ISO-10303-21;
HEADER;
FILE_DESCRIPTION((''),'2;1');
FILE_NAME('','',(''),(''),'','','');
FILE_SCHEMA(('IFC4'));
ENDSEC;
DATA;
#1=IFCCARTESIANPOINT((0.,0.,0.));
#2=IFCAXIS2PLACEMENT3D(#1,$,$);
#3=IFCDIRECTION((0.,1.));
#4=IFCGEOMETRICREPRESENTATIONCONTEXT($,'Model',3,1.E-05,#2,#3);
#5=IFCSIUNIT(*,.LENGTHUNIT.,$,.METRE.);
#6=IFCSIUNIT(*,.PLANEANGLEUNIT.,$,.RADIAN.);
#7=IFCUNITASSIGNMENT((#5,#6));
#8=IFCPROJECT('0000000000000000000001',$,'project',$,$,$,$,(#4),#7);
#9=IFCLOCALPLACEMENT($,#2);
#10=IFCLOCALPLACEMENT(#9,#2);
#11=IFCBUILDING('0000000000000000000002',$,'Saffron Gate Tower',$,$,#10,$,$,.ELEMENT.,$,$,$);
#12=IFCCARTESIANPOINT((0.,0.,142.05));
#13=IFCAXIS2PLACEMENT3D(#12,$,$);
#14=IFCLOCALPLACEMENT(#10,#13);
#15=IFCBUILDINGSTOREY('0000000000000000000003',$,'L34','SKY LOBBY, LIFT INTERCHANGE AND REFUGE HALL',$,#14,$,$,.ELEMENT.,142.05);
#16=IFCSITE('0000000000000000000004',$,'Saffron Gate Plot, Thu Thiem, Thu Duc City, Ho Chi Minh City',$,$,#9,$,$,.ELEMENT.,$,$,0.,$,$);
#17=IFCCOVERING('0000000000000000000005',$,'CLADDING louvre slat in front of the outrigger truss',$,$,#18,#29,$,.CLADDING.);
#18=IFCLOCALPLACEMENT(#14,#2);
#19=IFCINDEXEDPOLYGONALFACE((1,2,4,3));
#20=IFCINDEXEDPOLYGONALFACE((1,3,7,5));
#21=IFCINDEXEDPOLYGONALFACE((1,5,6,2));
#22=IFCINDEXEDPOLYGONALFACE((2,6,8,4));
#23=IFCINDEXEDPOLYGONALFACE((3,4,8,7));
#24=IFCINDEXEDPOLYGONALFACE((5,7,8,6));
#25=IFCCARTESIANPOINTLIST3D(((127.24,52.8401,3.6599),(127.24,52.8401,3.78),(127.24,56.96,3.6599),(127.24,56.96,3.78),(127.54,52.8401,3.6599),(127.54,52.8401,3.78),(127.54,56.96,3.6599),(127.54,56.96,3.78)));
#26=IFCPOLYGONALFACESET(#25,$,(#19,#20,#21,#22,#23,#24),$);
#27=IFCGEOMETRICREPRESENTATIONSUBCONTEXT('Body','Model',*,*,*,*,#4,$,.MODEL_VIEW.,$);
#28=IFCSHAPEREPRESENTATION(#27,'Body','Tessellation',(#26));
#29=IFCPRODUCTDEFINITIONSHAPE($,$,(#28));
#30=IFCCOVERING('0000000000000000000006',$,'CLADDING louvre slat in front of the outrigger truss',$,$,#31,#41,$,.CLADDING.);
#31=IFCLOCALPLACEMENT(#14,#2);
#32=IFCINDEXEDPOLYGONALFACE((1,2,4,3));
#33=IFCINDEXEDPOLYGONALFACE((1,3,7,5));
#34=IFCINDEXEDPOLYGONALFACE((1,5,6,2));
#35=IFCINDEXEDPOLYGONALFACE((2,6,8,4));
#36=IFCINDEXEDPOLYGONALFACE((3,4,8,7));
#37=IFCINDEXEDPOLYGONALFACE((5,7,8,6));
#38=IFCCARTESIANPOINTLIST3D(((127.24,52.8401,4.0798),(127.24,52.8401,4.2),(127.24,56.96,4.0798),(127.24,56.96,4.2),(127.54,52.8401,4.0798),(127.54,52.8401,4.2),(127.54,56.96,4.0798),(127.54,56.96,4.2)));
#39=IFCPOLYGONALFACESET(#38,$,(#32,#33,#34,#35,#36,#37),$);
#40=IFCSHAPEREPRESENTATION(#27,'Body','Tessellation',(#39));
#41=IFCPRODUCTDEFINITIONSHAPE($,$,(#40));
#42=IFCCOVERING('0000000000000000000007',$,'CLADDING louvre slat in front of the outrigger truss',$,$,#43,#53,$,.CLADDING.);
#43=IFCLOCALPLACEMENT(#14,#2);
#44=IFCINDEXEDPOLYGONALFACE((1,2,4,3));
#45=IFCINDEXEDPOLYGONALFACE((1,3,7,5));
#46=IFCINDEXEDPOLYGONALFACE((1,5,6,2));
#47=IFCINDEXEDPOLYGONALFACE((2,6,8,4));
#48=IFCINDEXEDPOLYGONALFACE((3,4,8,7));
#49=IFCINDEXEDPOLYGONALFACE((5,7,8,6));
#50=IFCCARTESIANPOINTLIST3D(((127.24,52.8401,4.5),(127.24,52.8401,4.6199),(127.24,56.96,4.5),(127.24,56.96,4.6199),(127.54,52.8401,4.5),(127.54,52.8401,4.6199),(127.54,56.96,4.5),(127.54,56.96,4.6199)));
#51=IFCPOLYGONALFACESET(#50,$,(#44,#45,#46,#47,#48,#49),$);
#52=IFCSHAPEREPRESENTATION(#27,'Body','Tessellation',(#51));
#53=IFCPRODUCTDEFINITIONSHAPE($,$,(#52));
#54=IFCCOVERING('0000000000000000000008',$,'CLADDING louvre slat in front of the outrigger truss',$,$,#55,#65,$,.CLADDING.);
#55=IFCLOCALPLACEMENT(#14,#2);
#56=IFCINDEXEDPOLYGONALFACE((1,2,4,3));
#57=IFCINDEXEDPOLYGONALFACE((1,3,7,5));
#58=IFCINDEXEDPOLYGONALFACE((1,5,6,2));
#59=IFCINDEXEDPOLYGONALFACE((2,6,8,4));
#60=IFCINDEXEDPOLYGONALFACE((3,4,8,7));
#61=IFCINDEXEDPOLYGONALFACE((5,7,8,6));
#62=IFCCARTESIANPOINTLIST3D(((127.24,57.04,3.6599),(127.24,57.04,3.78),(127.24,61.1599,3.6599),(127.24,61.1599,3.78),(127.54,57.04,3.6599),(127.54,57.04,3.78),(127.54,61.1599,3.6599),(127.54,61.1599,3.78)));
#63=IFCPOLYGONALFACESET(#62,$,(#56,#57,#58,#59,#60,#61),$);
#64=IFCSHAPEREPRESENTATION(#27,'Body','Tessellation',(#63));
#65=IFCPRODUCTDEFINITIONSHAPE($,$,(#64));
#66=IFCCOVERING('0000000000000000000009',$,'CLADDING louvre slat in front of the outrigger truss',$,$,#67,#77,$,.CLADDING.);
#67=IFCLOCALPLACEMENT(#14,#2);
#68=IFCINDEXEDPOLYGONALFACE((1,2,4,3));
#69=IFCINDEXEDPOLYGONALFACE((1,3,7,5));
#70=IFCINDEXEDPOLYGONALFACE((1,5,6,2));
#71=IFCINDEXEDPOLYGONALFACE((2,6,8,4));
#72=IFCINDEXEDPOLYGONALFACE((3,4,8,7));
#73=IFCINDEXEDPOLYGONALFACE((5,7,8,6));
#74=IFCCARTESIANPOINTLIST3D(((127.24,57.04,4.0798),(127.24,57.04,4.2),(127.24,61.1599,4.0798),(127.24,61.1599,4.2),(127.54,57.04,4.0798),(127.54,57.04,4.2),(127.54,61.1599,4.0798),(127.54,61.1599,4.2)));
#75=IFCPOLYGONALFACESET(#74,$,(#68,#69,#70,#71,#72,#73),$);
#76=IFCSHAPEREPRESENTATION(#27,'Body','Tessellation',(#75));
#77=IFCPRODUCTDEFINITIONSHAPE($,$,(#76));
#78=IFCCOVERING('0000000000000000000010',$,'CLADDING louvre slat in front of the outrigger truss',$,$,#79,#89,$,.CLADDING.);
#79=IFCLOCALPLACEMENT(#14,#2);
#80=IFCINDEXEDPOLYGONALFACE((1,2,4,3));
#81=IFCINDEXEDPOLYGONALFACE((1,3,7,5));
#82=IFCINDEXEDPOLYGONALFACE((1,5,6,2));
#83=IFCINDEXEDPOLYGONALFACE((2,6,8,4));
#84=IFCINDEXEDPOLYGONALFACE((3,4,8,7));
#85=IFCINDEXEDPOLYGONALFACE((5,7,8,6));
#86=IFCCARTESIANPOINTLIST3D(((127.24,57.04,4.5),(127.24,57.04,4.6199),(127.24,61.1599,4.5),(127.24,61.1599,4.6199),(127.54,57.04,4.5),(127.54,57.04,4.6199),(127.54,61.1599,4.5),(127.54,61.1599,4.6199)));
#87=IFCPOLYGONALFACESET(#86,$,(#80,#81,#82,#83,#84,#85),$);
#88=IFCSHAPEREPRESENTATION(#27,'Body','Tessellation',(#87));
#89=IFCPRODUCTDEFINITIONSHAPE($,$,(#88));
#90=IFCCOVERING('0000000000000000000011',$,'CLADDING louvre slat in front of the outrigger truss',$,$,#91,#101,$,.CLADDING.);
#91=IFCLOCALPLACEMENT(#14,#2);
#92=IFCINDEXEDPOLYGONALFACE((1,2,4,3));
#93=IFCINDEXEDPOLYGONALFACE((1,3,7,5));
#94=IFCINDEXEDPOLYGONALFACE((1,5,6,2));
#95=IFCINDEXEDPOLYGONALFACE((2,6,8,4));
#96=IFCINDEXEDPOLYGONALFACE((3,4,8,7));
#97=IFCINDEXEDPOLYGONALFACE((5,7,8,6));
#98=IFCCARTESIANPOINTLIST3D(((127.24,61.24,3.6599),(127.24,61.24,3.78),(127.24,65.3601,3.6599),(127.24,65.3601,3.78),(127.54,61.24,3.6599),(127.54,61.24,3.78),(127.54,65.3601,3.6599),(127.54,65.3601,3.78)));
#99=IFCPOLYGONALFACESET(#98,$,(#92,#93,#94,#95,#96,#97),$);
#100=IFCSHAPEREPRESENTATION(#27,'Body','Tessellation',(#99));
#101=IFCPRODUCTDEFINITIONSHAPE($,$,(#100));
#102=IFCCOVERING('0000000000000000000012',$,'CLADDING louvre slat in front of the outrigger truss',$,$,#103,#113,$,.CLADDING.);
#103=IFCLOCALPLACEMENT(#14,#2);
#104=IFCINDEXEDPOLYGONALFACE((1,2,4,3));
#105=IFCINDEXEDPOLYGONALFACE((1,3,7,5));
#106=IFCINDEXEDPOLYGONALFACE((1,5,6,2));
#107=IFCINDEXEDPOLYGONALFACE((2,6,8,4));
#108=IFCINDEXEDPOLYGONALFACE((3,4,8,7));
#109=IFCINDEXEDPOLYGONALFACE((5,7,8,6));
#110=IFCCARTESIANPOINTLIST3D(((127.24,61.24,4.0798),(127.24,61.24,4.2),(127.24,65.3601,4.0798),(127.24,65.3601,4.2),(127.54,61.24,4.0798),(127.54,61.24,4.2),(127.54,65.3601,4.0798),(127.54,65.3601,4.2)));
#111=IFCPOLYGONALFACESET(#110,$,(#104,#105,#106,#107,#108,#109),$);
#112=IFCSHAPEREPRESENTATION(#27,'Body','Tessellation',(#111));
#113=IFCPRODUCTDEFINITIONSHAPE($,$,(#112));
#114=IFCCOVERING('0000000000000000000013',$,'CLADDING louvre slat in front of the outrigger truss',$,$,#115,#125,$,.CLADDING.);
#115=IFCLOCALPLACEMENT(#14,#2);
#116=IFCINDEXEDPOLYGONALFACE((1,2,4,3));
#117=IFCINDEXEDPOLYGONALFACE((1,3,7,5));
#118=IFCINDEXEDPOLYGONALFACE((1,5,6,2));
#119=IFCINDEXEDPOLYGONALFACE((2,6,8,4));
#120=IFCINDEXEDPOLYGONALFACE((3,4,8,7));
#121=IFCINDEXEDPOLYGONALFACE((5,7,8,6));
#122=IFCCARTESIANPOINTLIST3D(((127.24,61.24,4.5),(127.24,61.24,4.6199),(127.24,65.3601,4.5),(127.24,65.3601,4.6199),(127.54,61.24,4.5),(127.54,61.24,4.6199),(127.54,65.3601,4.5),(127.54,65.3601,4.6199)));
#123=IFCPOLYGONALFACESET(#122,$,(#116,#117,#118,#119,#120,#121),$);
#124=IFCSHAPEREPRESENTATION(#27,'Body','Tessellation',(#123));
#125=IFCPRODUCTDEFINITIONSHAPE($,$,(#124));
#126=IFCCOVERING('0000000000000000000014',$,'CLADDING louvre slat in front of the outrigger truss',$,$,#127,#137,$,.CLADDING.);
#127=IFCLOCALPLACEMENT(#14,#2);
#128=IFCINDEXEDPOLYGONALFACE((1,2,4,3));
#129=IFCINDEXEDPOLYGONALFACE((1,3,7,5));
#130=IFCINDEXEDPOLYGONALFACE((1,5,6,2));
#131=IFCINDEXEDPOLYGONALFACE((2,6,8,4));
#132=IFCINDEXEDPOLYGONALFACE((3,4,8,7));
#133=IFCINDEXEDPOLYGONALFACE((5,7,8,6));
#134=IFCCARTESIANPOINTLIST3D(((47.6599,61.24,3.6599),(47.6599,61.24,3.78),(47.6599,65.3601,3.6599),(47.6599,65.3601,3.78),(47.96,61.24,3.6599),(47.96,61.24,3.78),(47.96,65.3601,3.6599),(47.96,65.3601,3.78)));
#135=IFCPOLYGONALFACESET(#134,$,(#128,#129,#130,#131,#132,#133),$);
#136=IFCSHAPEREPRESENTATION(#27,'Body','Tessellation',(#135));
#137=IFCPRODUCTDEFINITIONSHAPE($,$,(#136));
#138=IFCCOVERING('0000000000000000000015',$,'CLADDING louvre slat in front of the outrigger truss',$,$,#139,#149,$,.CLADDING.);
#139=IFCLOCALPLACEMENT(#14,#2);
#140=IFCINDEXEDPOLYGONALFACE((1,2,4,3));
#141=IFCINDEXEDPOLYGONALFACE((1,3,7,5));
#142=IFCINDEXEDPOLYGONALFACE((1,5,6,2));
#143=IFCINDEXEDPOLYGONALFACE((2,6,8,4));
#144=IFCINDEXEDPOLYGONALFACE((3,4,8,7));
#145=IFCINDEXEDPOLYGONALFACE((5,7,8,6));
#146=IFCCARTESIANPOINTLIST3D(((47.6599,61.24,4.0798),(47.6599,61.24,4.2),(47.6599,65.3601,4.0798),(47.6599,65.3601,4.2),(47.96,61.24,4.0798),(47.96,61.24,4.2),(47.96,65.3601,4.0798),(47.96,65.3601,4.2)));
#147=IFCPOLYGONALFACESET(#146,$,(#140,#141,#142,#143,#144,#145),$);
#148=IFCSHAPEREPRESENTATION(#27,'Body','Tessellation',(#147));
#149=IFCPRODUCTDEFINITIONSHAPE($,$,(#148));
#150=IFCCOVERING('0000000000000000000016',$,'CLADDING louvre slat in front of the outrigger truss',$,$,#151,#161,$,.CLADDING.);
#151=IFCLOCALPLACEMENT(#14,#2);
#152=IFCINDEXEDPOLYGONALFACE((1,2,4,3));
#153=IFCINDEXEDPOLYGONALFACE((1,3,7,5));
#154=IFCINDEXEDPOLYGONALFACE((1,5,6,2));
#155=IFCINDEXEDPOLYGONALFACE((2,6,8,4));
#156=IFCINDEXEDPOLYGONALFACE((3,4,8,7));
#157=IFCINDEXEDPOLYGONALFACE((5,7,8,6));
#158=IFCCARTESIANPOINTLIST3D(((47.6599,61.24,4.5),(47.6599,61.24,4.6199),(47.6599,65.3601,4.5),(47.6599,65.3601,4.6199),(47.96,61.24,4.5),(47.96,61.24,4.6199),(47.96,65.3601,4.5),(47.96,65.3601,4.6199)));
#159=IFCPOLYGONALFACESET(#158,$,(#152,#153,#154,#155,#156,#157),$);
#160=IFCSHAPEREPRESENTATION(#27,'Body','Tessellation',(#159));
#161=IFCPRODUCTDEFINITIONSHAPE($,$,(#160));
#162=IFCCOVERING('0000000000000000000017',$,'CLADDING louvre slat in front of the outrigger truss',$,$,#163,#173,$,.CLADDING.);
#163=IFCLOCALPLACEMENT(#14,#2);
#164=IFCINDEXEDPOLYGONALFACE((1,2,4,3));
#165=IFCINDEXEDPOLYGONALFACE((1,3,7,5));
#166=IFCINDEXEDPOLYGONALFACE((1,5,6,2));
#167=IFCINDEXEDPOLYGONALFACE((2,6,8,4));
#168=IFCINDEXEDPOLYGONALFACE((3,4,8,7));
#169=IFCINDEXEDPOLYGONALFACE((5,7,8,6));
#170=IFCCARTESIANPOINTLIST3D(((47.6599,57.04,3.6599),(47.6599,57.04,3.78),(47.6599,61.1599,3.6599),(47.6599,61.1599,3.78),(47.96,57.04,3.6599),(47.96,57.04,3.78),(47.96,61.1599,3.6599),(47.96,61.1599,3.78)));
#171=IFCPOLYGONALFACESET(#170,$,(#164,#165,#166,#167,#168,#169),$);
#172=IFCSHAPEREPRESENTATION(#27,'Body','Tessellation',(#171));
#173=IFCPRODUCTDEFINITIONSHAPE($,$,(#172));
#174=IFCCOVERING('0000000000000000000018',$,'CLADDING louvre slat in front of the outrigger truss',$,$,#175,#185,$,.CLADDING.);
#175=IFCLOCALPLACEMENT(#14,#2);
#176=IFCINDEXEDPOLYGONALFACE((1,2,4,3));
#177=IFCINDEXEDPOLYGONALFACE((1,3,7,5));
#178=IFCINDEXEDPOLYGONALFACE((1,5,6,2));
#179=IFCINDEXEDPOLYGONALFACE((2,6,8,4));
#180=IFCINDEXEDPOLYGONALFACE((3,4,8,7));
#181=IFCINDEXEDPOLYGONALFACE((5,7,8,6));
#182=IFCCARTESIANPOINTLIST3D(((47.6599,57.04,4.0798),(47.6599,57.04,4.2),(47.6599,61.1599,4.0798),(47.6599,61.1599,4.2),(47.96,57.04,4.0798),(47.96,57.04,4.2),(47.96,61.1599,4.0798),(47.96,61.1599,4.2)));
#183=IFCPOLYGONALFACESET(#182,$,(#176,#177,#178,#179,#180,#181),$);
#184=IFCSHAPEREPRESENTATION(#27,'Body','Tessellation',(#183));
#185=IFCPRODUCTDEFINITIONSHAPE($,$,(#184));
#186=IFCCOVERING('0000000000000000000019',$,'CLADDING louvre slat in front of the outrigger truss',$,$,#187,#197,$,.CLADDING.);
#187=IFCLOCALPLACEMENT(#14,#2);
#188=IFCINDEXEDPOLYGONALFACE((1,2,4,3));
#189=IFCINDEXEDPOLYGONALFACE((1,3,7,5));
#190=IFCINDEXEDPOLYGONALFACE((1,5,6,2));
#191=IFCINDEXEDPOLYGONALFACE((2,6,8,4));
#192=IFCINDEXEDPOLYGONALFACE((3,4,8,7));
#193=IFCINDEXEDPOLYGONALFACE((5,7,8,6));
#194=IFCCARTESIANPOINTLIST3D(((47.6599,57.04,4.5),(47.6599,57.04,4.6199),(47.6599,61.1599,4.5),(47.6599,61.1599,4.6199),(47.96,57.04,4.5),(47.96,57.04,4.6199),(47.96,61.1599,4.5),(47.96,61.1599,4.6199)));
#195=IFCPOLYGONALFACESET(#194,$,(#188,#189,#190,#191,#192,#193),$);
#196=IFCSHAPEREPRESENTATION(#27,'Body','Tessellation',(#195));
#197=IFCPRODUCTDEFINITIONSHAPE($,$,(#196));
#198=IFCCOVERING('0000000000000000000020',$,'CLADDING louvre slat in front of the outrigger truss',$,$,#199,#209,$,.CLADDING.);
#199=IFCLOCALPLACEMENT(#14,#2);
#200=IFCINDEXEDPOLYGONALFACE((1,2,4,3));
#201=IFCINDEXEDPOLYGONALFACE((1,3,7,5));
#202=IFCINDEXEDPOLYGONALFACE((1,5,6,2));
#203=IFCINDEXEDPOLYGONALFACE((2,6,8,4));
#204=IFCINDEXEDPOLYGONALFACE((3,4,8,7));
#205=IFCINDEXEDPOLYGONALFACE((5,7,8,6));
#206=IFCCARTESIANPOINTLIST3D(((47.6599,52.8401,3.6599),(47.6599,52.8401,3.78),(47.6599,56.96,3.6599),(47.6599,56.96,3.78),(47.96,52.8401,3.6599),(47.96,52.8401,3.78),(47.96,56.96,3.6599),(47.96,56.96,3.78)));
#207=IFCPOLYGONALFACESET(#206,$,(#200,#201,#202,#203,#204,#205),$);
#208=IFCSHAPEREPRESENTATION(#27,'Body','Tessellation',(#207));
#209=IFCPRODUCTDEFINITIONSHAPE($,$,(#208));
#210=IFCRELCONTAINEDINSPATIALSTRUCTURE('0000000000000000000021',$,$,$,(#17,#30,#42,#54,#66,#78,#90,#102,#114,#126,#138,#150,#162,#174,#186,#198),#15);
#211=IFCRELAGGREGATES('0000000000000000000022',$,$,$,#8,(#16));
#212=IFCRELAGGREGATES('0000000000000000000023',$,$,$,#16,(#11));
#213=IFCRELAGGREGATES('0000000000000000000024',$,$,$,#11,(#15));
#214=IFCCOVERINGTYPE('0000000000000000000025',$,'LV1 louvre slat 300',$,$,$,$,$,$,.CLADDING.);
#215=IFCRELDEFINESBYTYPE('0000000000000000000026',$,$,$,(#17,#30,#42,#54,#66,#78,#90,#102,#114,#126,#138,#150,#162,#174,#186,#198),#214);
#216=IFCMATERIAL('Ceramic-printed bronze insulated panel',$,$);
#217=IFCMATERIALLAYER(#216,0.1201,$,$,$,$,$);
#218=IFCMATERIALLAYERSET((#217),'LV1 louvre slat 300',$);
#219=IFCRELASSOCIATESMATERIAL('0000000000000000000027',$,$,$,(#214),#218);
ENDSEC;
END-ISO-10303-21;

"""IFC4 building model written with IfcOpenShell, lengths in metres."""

from ifc_helpers import new_model, si_unit, direction, frame, origin, place, context, subcontext, project, spatial, polyline, outline, extrude, material, layer, layer_set, type_object, element, save


model = new_model("IFC4")

# Units and contexts
model_context = context("Model", 3, precision=1e-05, world=origin(), true_north=direction((0.0, 1.0)))
body_context = subcontext(model_context, "Body", "Model", "MODEL_VIEW")
ifc_project = project(units=[si_unit("LENGTHUNIT", "METRE"), si_unit("PLANEANGLEUNIT", "RADIAN")], contexts=[model_context])

# Site, building, storey
site_placement = place(None, origin())
site = spatial("IfcSite", under=ifc_project, at=site_placement, Name="Saffron Gate Plot, Thu Thiem, Thu Duc City, Ho Chi Minh City", CompositionType="ELEMENT", RefElevation=0.0)
building_placement = place(site_placement, origin())
building = spatial("IfcBuilding", under=site, at=building_placement, Name="Saffron Gate Tower", CompositionType="ELEMENT")
storey_placement = place(building_placement, frame((0.0, 0.0, 142.05)))
storey = spatial("IfcBuildingStorey", under=building, at=storey_placement, Name="L34", Description="SKY LOBBY, LIFT INTERCHANGE AND REFUGE HALL", CompositionType="ELEMENT", Elevation=142.05)

# Coverings
ifc_material = material(Name="Ceramic-printed bronze insulated panel")
ifc_layer = layer(ifc_material, 0.1201)
ifc_layer_set = layer_set([ifc_layer], Name="LV1 louvre slat 300")
covering_type = type_object("IfcCoveringType", Name="LV1 louvre slat 300", PredefinedType="CLADDING", material=ifc_layer_set)
for number, where, name in (
    (1, (0.0, 0.0, 3.6599), "CLADDING louvre slat in front of the outrigger truss"),
    (2, (0.0, 0.0, 4.0798), "CLADDING louvre slat in front of the outrigger truss"),
):
    element("IfcCovering", number, at=place(storey_placement, frame(where)), inside=storey, type_object=covering_type, Name=name, PredefinedType="CLADDING", context=body_context, shape_type="SweptSolid", body=[
        extrude(outline(polyline([(127.54, 52.8401), (127.54, 56.96), (127.24, 56.96), (127.24, 52.8401), (127.54, 52.8401)])), origin(), (0.0, 0.0, 1.0), 0.1201),
    ])
covering_1_placement = place(storey_placement, frame((0.0, 0.0, 4.5)))
element("IfcCovering", 3, at=covering_1_placement, inside=storey, type_object=covering_type, Name="CLADDING louvre slat in front of the outrigger truss", PredefinedType="CLADDING", context=body_context, shape_type="SweptSolid", body=[
    extrude(outline(polyline([(127.54, 52.8401), (127.54, 56.96), (127.24, 56.96), (127.24, 52.8401), (127.54, 52.8401)])), origin(), (0.0, 0.0, 1.0), 0.1199),
])
for number, where, name in (
    (4, (0.0, 0.0, 3.6599), "CLADDING louvre slat in front of the outrigger truss"),
    (5, (0.0, 0.0, 4.0798), "CLADDING louvre slat in front of the outrigger truss"),
):
    element("IfcCovering", number, at=place(storey_placement, frame(where)), inside=storey, type_object=covering_type, Name=name, PredefinedType="CLADDING", context=body_context, shape_type="SweptSolid", body=[
        extrude(outline(polyline([(127.54, 57.04), (127.54, 61.1599), (127.24, 61.1599), (127.24, 57.04), (127.54, 57.04)])), origin(), (0.0, 0.0, 1.0), 0.1201),
    ])
covering_2_placement = place(storey_placement, frame((0.0, 0.0, 4.5)))
element("IfcCovering", 6, at=covering_2_placement, inside=storey, type_object=covering_type, Name="CLADDING louvre slat in front of the outrigger truss", PredefinedType="CLADDING", context=body_context, shape_type="SweptSolid", body=[
    extrude(outline(polyline([(127.54, 57.04), (127.54, 61.1599), (127.24, 61.1599), (127.24, 57.04), (127.54, 57.04)])), origin(), (0.0, 0.0, 1.0), 0.1199),
])
for number, where, name in (
    (7, (0.0, 0.0, 3.6599), "CLADDING louvre slat in front of the outrigger truss"),
    (8, (0.0, 0.0, 4.0798), "CLADDING louvre slat in front of the outrigger truss"),
):
    element("IfcCovering", number, at=place(storey_placement, frame(where)), inside=storey, type_object=covering_type, Name=name, PredefinedType="CLADDING", context=body_context, shape_type="SweptSolid", body=[
        extrude(outline(polyline([(127.54, 61.24), (127.54, 65.3601), (127.24, 65.3601), (127.24, 61.24), (127.54, 61.24)])), origin(), (0.0, 0.0, 1.0), 0.1201),
    ])
covering_3_placement = place(storey_placement, frame((0.0, 0.0, 4.5)))
element("IfcCovering", 9, at=covering_3_placement, inside=storey, type_object=covering_type, Name="CLADDING louvre slat in front of the outrigger truss", PredefinedType="CLADDING", context=body_context, shape_type="SweptSolid", body=[
    extrude(outline(polyline([(127.54, 61.24), (127.54, 65.3601), (127.24, 65.3601), (127.24, 61.24), (127.54, 61.24)])), origin(), (0.0, 0.0, 1.0), 0.1199),
])
for number, where, name in (
    (10, (0.0, 0.0, 3.6599), "CLADDING louvre slat in front of the outrigger truss"),
    (11, (0.0, 0.0, 4.0798), "CLADDING louvre slat in front of the outrigger truss"),
):
    element("IfcCovering", number, at=place(storey_placement, frame(where)), inside=storey, type_object=covering_type, Name=name, PredefinedType="CLADDING", context=body_context, shape_type="SweptSolid", body=[
        extrude(outline(polyline([(47.6599, 65.3601), (47.6599, 61.24), (47.96, 61.24), (47.96, 65.3601), (47.6599, 65.3601)])), origin(), (0.0, 0.0, 1.0), 0.1201),
    ])
covering_4_placement = place(storey_placement, frame((0.0, 0.0, 4.5)))
element("IfcCovering", 12, at=covering_4_placement, inside=storey, type_object=covering_type, Name="CLADDING louvre slat in front of the outrigger truss", PredefinedType="CLADDING", context=body_context, shape_type="SweptSolid", body=[
    extrude(outline(polyline([(47.6599, 65.3601), (47.6599, 61.24), (47.96, 61.24), (47.96, 65.3601), (47.6599, 65.3601)])), origin(), (0.0, 0.0, 1.0), 0.1199),
])
for number, where, name in (
    (13, (0.0, 0.0, 3.6599), "CLADDING louvre slat in front of the outrigger truss"),
    (14, (0.0, 0.0, 4.0798), "CLADDING louvre slat in front of the outrigger truss"),
):
    element("IfcCovering", number, at=place(storey_placement, frame(where)), inside=storey, type_object=covering_type, Name=name, PredefinedType="CLADDING", context=body_context, shape_type="SweptSolid", body=[
        extrude(outline(polyline([(47.6599, 61.1599), (47.6599, 57.04), (47.96, 57.04), (47.96, 61.1599), (47.6599, 61.1599)])), origin(), (0.0, 0.0, 1.0), 0.1201),
    ])
covering_5_placement = place(storey_placement, frame((0.0, 0.0, 4.5)))
element("IfcCovering", 15, at=covering_5_placement, inside=storey, type_object=covering_type, Name="CLADDING louvre slat in front of the outrigger truss", PredefinedType="CLADDING", context=body_context, shape_type="SweptSolid", body=[
    extrude(outline(polyline([(47.6599, 61.1599), (47.6599, 57.04), (47.96, 57.04), (47.96, 61.1599), (47.6599, 61.1599)])), origin(), (0.0, 0.0, 1.0), 0.1199),
])
for number, where, name in (
    (16, (0.0, 0.0, 3.6599), "CLADDING louvre slat in front of the outrigger truss"),
):
    element("IfcCovering", number, at=place(storey_placement, frame(where)), inside=storey, type_object=covering_type, Name=name, PredefinedType="CLADDING", context=body_context, shape_type="SweptSolid", body=[
        extrude(outline(polyline([(47.6599, 56.96), (47.6599, 52.8401), (47.96, 52.8401), (47.96, 56.96), (47.6599, 56.96)])), origin(), (0.0, 0.0, 1.0), 0.1201),
    ])

save(model, "model.ifc")
